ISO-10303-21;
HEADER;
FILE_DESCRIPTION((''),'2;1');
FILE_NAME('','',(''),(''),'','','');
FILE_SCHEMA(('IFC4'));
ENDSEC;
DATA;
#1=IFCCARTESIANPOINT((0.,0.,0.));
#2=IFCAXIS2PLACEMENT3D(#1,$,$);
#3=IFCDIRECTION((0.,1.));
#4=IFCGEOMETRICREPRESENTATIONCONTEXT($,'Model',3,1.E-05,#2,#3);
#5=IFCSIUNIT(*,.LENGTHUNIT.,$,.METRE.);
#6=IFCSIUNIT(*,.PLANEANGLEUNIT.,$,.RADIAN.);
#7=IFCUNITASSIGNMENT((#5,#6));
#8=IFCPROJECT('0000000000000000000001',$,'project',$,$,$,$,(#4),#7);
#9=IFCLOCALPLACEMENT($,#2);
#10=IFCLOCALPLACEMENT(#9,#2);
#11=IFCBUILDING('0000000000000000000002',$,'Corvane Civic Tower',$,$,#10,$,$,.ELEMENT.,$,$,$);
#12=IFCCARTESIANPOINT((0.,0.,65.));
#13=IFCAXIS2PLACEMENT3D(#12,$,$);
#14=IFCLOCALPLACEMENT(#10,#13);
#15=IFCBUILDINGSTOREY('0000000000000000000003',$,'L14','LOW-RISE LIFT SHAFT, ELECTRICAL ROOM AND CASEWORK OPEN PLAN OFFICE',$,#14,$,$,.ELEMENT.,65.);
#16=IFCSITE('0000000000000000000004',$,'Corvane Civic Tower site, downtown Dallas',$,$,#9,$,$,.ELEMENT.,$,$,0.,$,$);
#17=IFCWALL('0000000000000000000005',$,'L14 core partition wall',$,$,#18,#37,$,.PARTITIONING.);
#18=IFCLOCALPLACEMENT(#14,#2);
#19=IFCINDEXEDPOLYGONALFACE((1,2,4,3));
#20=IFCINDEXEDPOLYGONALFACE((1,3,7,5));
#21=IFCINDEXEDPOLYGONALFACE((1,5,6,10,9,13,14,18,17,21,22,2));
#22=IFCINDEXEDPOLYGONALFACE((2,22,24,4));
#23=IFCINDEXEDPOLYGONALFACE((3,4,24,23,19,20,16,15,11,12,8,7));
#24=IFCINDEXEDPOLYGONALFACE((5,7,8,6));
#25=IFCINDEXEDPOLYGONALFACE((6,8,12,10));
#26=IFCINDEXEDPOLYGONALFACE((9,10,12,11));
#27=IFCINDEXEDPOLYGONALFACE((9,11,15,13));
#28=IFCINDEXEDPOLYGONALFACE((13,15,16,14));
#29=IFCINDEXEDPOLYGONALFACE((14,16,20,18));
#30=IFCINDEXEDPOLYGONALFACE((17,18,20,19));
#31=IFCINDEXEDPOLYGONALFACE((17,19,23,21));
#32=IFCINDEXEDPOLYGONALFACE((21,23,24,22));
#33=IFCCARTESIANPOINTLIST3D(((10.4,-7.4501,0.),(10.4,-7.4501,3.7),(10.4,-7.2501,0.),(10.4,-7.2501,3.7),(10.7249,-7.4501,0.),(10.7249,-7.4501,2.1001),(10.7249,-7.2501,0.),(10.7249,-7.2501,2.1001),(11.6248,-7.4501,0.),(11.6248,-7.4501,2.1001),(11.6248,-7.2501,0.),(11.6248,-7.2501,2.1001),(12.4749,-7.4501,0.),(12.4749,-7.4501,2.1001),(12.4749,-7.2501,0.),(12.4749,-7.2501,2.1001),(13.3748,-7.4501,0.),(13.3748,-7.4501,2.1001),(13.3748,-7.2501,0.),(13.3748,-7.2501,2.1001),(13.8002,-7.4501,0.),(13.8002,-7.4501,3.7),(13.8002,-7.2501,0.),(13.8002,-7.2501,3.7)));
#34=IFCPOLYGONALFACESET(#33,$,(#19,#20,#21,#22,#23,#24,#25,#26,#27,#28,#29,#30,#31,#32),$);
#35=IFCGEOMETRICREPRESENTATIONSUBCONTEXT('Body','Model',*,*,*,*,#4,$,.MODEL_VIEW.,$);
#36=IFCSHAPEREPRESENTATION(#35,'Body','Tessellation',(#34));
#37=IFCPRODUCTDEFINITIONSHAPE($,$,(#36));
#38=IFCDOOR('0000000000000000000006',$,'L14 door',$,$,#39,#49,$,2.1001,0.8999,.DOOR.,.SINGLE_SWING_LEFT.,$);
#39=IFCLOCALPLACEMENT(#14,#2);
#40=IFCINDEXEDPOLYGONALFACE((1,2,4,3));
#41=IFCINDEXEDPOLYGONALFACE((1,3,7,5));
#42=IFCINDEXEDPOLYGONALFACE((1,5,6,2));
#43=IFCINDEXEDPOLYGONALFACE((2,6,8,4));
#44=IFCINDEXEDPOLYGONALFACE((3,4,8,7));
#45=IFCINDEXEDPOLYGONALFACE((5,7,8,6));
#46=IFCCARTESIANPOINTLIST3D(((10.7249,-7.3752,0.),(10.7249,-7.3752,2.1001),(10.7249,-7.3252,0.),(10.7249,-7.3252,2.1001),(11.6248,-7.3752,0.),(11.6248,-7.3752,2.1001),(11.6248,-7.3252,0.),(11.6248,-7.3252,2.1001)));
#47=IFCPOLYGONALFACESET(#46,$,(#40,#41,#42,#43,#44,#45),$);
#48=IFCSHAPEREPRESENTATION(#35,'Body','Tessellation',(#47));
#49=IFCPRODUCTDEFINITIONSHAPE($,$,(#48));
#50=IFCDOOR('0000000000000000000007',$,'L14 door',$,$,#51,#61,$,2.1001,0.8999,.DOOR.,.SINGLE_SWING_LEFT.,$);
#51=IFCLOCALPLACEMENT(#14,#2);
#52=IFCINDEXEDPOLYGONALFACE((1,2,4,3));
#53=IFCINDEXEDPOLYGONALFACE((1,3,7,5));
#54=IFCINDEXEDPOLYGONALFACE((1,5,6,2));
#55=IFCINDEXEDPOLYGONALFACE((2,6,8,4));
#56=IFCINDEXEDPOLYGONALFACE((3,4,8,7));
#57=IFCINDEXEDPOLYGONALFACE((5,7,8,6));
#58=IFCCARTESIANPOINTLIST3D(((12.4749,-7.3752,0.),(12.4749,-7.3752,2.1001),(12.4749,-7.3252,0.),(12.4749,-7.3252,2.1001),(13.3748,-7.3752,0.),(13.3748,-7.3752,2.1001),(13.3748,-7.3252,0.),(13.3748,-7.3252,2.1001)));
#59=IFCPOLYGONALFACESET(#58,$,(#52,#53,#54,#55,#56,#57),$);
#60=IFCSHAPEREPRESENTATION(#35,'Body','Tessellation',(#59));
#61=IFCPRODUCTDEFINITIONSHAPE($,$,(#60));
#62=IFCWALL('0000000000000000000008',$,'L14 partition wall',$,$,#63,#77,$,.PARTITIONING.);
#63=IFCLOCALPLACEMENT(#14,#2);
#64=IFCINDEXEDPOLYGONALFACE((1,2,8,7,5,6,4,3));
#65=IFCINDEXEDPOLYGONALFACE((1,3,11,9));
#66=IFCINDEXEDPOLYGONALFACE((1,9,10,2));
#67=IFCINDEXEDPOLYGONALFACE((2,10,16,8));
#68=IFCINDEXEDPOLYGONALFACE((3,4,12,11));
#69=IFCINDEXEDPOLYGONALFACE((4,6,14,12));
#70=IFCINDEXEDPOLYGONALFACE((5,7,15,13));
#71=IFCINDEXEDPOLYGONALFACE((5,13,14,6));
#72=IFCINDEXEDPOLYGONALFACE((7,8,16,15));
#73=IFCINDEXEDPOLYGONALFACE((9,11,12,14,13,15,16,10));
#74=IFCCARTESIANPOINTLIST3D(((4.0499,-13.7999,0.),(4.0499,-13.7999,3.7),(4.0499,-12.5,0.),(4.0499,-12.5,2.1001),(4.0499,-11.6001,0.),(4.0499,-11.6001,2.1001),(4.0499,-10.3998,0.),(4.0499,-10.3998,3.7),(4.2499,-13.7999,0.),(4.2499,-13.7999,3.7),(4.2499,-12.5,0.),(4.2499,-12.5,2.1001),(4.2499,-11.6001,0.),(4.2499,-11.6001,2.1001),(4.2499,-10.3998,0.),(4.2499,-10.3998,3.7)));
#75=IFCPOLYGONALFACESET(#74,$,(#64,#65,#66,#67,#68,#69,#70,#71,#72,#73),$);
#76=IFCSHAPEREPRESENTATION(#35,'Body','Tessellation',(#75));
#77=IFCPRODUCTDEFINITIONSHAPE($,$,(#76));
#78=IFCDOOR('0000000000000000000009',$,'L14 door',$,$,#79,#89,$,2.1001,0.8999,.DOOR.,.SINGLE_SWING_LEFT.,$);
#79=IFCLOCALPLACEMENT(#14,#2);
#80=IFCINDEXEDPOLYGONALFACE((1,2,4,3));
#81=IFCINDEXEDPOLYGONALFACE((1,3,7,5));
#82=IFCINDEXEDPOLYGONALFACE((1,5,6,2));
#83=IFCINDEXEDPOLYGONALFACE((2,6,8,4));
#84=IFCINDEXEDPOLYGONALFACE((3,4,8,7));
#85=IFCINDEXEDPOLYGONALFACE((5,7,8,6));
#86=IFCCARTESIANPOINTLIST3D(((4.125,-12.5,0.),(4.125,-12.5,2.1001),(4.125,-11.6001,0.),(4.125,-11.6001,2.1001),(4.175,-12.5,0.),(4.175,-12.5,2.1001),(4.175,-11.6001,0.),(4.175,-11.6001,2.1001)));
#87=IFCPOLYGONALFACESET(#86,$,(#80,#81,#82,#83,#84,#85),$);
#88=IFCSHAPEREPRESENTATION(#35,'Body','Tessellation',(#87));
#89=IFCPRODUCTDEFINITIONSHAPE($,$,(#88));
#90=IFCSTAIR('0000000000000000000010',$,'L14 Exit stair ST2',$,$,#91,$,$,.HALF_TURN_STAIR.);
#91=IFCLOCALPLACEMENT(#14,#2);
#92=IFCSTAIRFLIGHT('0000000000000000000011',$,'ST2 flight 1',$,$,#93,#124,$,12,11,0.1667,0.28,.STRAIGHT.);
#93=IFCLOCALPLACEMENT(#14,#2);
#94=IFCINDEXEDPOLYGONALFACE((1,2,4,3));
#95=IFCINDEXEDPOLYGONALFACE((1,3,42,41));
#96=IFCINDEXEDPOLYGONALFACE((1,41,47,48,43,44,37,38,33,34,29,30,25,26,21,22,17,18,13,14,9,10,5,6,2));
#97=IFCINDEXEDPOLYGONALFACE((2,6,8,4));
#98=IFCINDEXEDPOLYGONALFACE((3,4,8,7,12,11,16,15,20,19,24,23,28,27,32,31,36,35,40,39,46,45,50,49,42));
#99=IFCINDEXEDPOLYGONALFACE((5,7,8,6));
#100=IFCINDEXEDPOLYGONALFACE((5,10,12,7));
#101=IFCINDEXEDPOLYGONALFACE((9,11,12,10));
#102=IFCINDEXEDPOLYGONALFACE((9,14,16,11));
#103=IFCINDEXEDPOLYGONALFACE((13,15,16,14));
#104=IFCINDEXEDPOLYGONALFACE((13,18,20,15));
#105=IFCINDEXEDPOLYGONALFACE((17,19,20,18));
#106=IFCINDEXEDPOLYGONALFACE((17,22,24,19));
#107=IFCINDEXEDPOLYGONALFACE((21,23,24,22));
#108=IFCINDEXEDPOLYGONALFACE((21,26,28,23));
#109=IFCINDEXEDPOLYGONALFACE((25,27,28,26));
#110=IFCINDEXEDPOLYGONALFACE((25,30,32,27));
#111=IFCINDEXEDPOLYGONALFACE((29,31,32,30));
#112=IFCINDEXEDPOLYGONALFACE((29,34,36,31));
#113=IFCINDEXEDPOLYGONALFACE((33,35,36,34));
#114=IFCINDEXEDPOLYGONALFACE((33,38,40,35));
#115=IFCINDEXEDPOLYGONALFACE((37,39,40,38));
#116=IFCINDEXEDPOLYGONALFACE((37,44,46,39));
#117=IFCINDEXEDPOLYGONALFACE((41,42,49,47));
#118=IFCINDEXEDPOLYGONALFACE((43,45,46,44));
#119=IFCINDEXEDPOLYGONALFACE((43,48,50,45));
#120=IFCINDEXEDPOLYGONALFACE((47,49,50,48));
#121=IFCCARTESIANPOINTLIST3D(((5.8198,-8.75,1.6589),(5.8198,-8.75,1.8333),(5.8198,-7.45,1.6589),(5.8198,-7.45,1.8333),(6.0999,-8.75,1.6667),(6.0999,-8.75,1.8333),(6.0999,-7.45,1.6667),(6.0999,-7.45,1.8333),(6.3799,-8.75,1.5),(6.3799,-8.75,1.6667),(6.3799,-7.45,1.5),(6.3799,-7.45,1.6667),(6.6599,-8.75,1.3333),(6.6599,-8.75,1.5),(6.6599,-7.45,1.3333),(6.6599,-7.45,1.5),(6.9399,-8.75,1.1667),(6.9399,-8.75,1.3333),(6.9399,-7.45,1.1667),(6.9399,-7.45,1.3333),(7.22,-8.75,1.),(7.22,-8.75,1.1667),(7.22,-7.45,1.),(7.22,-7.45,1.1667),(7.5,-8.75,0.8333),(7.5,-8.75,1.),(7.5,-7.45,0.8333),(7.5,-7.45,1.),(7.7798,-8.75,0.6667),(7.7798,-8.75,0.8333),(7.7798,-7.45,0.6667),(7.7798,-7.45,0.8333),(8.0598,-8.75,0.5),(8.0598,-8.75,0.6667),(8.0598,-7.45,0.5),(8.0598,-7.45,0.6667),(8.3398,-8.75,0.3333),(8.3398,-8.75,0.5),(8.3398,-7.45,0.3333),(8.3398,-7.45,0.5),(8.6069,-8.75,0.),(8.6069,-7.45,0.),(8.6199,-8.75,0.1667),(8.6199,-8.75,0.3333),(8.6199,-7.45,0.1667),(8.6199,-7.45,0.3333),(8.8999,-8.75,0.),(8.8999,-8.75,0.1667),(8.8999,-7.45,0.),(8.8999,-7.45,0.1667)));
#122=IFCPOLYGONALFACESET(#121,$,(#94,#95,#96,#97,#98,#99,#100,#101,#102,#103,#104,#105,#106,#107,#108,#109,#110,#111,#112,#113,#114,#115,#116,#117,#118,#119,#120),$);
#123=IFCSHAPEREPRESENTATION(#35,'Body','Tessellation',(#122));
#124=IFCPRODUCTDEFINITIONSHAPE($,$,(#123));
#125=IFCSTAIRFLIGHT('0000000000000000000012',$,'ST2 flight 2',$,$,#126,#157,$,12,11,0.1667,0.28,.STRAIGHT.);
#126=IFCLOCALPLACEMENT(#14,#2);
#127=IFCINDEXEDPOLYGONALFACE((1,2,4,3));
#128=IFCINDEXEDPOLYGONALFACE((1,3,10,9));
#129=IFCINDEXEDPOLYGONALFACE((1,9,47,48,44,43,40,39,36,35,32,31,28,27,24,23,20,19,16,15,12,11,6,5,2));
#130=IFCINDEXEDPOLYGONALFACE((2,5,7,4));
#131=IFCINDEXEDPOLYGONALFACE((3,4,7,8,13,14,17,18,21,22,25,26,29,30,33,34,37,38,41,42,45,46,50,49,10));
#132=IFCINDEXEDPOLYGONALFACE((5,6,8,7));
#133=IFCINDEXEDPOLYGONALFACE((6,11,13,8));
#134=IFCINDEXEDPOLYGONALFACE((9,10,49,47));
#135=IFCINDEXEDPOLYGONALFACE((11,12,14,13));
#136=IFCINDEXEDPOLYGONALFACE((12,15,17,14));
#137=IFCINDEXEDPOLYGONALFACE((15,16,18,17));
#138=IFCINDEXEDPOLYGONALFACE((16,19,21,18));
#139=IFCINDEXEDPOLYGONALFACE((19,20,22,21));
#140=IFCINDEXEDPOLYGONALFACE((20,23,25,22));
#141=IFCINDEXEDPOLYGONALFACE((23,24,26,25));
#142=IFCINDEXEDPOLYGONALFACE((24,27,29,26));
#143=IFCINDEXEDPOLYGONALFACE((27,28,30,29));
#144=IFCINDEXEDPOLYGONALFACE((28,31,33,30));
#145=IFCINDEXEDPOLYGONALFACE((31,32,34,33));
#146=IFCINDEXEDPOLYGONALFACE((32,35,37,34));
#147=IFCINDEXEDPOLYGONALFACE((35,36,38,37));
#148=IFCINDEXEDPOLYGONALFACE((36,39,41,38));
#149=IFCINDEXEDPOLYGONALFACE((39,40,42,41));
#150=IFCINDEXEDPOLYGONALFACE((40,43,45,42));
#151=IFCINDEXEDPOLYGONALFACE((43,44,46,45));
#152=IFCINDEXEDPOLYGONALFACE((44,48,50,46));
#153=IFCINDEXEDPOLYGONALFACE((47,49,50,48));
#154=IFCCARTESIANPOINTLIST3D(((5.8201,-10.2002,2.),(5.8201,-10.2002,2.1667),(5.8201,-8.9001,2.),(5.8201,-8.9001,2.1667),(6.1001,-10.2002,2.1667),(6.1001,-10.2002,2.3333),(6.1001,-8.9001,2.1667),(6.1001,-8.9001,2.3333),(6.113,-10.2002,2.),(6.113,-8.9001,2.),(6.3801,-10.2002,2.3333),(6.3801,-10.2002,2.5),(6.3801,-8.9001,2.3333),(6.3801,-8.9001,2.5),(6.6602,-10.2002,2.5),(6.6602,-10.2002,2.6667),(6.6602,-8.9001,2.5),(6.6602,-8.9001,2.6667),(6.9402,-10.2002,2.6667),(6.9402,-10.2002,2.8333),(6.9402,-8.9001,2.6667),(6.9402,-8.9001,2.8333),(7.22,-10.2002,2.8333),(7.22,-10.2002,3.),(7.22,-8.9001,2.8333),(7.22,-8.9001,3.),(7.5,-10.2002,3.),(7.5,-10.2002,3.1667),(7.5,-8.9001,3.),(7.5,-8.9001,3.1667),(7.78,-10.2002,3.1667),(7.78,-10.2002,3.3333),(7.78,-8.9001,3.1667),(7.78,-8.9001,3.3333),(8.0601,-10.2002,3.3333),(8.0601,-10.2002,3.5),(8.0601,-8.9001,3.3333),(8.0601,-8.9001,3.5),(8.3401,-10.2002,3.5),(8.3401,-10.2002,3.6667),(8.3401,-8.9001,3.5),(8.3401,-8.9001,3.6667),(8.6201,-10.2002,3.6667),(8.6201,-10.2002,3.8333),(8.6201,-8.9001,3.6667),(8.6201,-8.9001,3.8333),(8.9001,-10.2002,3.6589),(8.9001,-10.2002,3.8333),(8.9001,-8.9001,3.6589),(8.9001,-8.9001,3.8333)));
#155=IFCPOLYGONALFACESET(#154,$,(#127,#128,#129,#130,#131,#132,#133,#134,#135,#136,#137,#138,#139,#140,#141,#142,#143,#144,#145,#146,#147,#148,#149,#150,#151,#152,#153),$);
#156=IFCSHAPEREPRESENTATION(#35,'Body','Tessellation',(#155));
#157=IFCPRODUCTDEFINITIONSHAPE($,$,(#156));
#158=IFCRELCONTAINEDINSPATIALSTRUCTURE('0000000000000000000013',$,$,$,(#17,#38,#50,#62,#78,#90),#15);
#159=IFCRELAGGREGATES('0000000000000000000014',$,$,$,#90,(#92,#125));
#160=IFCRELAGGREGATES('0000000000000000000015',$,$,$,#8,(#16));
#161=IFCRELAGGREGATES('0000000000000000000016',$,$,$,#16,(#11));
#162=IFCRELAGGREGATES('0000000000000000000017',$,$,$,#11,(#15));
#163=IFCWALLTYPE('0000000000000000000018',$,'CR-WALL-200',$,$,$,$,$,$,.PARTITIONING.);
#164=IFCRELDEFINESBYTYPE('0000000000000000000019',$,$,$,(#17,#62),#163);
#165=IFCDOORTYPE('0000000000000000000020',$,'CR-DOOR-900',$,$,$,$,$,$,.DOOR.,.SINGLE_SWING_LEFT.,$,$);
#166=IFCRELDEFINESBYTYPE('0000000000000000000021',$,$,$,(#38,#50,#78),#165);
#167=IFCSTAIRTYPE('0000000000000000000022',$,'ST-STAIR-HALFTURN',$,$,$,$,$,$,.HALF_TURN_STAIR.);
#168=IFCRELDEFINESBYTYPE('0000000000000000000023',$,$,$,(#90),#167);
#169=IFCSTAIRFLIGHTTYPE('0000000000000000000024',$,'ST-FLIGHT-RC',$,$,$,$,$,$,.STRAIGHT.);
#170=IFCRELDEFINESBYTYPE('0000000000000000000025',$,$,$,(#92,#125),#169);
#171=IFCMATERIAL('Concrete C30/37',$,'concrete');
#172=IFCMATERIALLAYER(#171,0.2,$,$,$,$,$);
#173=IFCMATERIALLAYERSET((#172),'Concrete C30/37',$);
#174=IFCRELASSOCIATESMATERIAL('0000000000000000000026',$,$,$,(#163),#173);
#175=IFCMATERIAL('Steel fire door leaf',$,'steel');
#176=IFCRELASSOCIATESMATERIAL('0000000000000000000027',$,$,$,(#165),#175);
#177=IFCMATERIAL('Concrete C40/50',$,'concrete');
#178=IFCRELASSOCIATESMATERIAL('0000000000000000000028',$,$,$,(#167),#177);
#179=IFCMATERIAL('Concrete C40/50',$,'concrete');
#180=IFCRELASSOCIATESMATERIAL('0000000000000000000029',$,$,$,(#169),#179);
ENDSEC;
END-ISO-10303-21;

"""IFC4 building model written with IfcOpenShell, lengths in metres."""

from ifc_helpers import new_model, si_unit, direction, frame, frame_2d, origin, place, context, subcontext, project, spatial, polyline, rectangle, outline, extrude, material, layer, layer_set, type_object, element, fill, aggregate, save


model = new_model("IFC4")

# Units and contexts
model_context = context("Model", 3, precision=1e-05, world=origin(), true_north=direction((0.0, 1.0)))
body_context = subcontext(model_context, "Body", "Model", "MODEL_VIEW")
ifc_project = project(units=[si_unit("LENGTHUNIT", "METRE"), si_unit("PLANEANGLEUNIT", "RADIAN")], contexts=[model_context])

# Site, building, storey
site_placement = place(None, origin())
site = spatial("IfcSite", under=ifc_project, at=site_placement, Name="Corvane Civic Tower site, downtown Dallas", CompositionType="ELEMENT", RefElevation=0.0)
building_placement = place(site_placement, origin())
building = spatial("IfcBuilding", under=site, at=building_placement, Name="Corvane Civic Tower", CompositionType="ELEMENT")
storey_placement = place(building_placement, frame((0.0, 0.0, 65.0)))
storey = spatial("IfcBuildingStorey", under=building, at=storey_placement, Name="L14", Description="LOW-RISE LIFT SHAFT, ELECTRICAL ROOM AND CASEWORK OPEN PLAN OFFICE", CompositionType="ELEMENT", Elevation=65.0)

# Wall, openings, doors
ifc_material_1 = material(Name="Concrete C30/37", Category="concrete")
ifc_layer_1 = layer(ifc_material_1, 0.2)
ifc_layer_set_1 = layer_set([ifc_layer_1], Name="Concrete C30/37")
wall_type_1 = type_object("IfcWallType", Name="CR-WALL-200", PredefinedType="PARTITIONING", material=ifc_layer_set_1)
wall_1_placement = place(storey_placement, frame((10.3999, -7.3501, 0.0), z_axis=(0.0, 0.0, 1.0), x_axis=(1.0, 0.0, 0.0)))
wall_1 = element("IfcWall", 1, at=wall_1_placement, inside=storey, type_object=wall_type_1, Name="L14 core partition wall", PredefinedType="PARTITIONING", context=body_context, shape_type="SweptSolid", body=[
    extrude(rectangle(XDim=3.4001, YDim=0.2, at=frame_2d((1.7002, 0.0))), origin(), (0.0, 0.0, 1.0), 3.7),
])
opening_1_placement = place(wall_1_placement, frame((0.325, 0.0, 0.0)))
opening_1 = element("IfcOpeningElement", 2, at=opening_1_placement, cuts=wall_1, PredefinedType="OPENING", context=body_context, shape_type="SweptSolid", body=[
    extrude(rectangle(XDim=0.8999, YDim=2.1001, at=frame_2d((0.45, 1.05))), frame((0.0, 0.1099, 0.0), z_axis=(0.0, -1.0, 0.0), x_axis=(1.0, 0.0, 0.0)), (0.0, 0.0, 1.0), 0.22),
])
opening_2_placement = place(wall_1_placement, frame((2.075, 0.0, 0.0)))
opening_2 = element("IfcOpeningElement", 3, at=opening_2_placement, cuts=wall_1, PredefinedType="OPENING", context=body_context, shape_type="SweptSolid", body=[
    extrude(rectangle(XDim=0.8999, YDim=2.1001, at=frame_2d((0.45, 1.05))), frame((0.0, 0.1099, 0.0), z_axis=(0.0, -1.0, 0.0), x_axis=(1.0, 0.0, 0.0)), (0.0, 0.0, 1.0), 0.22),
])
ifc_material_2 = material(Name="Steel fire door leaf", Category="steel")
door_type_1 = type_object("IfcDoorType", Name="CR-DOOR-900", OperationType="SINGLE_SWING_LEFT", PredefinedType="DOOR", material=ifc_material_2)
door_1_placement = place(opening_1_placement, origin())
door_1 = element("IfcDoor", 4, at=door_1_placement, inside=storey, type_object=door_type_1, Name="L14 door", OperationType="SINGLE_SWING_LEFT", OverallHeight=2.1001, OverallWidth=0.8999, PredefinedType="DOOR", context=body_context, shape_type="SweptSolid", body=[
    extrude(rectangle(XDim=0.8999, YDim=2.1001, at=frame_2d((0.45, 1.05))), frame((0.0, 0.0249, 0.0), z_axis=(0.0, -1.0, 0.0), x_axis=(1.0, 0.0, 0.0)), (0.0, 0.0, 1.0), 0.05),
])
fill(opening_1, door_1)
door_2_placement = place(opening_2_placement, origin())
door_2 = element("IfcDoor", 5, at=door_2_placement, inside=storey, type_object=door_type_1, Name="L14 door", OperationType="SINGLE_SWING_LEFT", OverallHeight=2.1001, OverallWidth=0.8999, PredefinedType="DOOR", context=body_context, shape_type="SweptSolid", body=[
    extrude(rectangle(XDim=0.8999, YDim=2.1001, at=frame_2d((0.45, 1.05))), frame((0.0, 0.0249, 0.0), z_axis=(0.0, -1.0, 0.0), x_axis=(1.0, 0.0, 0.0)), (0.0, 0.0, 1.0), 0.05),
])
fill(opening_2, door_2)

# Wall, opening, door
wall_2_placement = place(storey_placement, frame((4.1499, -13.8, 0.0), z_axis=(0.0, 0.0, 1.0), x_axis=(0.0, 1.0, 0.0)))
wall_2 = element("IfcWall", 6, at=wall_2_placement, inside=storey, type_object=wall_type_1, Name="L14 partition wall", PredefinedType="PARTITIONING", context=body_context, shape_type="SweptSolid", body=[
    extrude(rectangle(XDim=3.4001, YDim=0.2, at=frame_2d((1.7002, 0.0))), origin(), (0.0, 0.0, 1.0), 3.7),
])
opening_3_placement = place(wall_2_placement, frame((1.3, 0.0, 0.0)))
opening_3 = element("IfcOpeningElement", 7, at=opening_3_placement, cuts=wall_2, PredefinedType="OPENING", context=body_context, shape_type="SweptSolid", body=[
    extrude(rectangle(XDim=0.8999, YDim=2.1001, at=frame_2d((0.45, 1.05))), frame((0.0, 0.1099, 0.0), z_axis=(0.0, -1.0, 0.0), x_axis=(1.0, 0.0, 0.0)), (0.0, 0.0, 1.0), 0.22),
])
door_3_placement = place(opening_3_placement, origin())
door_3 = element("IfcDoor", 8, at=door_3_placement, inside=storey, type_object=door_type_1, Name="L14 door", OperationType="SINGLE_SWING_LEFT", OverallHeight=2.1001, OverallWidth=0.8999, PredefinedType="DOOR", context=body_context, shape_type="SweptSolid", body=[
    extrude(rectangle(XDim=0.8999, YDim=2.1001, at=frame_2d((0.45, 1.05))), frame((0.0, 0.0249, 0.0), z_axis=(0.0, -1.0, 0.0), x_axis=(1.0, 0.0, 0.0)), (0.0, 0.0, 1.0), 0.05),
])
fill(opening_3, door_3)

# Stair, stair flights
ifc_material_3 = material(Name="Concrete C40/50", Category="concrete")
stair_type = type_object("IfcStairType", Name="ST-STAIR-HALFTURN", PredefinedType="HALF_TURN_STAIR", material=ifc_material_3)
stair_placement = place(storey_placement, origin())
stair = element("IfcStair", 9, at=stair_placement, inside=storey, type_object=stair_type, Name="L14 Exit stair ST2", PredefinedType="HALF_TURN_STAIR")
ifc_material_4 = material(Name="Concrete C40/50", Category="concrete")
stair_flight_type = type_object("IfcStairFlightType", Name="ST-FLIGHT-RC", PredefinedType="STRAIGHT", material=ifc_material_4)
stair_flight_1_placement = place(storey_placement, frame((8.8999, -8.1001, 0.0), z_axis=(0.0, 0.0, 1.0), x_axis=(-1.0, 0.0, 0.0)))
stair_flight_1 = element("IfcStairFlight", 10, at=stair_flight_1_placement, type_object=stair_flight_type, Name="ST2 flight 1", NumberOfRisers=12, NumberOfTreads=11, PredefinedType="STRAIGHT", RiserHeight=0.1667, TreadLength=0.28, context=body_context, shape_type="SweptSolid", body=[
    extrude(outline(polyline([(0.0, 0.0), (0.0, 0.1667), (0.28, 0.1667), (0.28, 0.3333), (0.5601, 0.3333), (0.5601, 0.5), (0.8401, 0.5), (0.8401, 0.6667), (1.1201, 0.6667), (1.1201, 0.8333), (1.3999, 0.8333), (1.3999, 1.0), (1.6799, 1.0), (1.6799, 1.1667), (1.96, 1.1667), (1.96, 1.3333), (2.24, 1.3333), (2.24, 1.5), (2.52, 1.5), (2.52, 1.6667), (2.8, 1.6667), (2.8, 1.8333), (3.0801, 1.8333), (3.0801, 2.0), (3.0801, 1.6589), (0.293, 0.0), (0.0, 0.0)])), frame((0.0, 0.6499, 0.0), z_axis=(0.0, -1.0, 0.0), x_axis=(1.0, 0.0, 0.0)), (0.0, 0.0, 1.0), 1.3),
])
stair_flight_2_placement = place(storey_placement, frame((5.8201, -9.55, 2.0), z_axis=(0.0, 0.0, 1.0), x_axis=(1.0, 0.0, 0.0)))
stair_flight_2 = element("IfcStairFlight", 11, at=stair_flight_2_placement, type_object=stair_flight_type, Name="ST2 flight 2", NumberOfRisers=12, NumberOfTreads=11, PredefinedType="STRAIGHT", RiserHeight=0.1667, TreadLength=0.28, context=body_context, shape_type="SweptSolid", body=[
    extrude(outline(polyline([(0.0, 0.0), (0.0, 0.1667), (0.28, 0.1667), (0.28, 0.3333), (0.5601, 0.3333), (0.5601, 0.5), (0.8401, 0.5), (0.8401, 0.6667), (1.1201, 0.6667), (1.1201, 0.8333), (1.3999, 0.8333), (1.3999, 1.0), (1.6799, 1.0), (1.6799, 1.1667), (1.96, 1.1667), (1.96, 1.3333), (2.24, 1.3333), (2.24, 1.5), (2.52, 1.5), (2.52, 1.6667), (2.8, 1.6667), (2.8, 1.8333), (3.0801, 1.8333), (3.0801, 2.0), (3.0801, 1.6589), (0.293, 0.0), (0.0, 0.0)])), frame((0.0, 0.6499, 0.0), z_axis=(0.0, -1.0, 0.0), x_axis=(1.0, 0.0, 0.0)), (0.0, 0.0, 1.0), 1.3),
])
aggregate(stair, [stair_flight_1, stair_flight_2])

save(model, "model.ifc")
